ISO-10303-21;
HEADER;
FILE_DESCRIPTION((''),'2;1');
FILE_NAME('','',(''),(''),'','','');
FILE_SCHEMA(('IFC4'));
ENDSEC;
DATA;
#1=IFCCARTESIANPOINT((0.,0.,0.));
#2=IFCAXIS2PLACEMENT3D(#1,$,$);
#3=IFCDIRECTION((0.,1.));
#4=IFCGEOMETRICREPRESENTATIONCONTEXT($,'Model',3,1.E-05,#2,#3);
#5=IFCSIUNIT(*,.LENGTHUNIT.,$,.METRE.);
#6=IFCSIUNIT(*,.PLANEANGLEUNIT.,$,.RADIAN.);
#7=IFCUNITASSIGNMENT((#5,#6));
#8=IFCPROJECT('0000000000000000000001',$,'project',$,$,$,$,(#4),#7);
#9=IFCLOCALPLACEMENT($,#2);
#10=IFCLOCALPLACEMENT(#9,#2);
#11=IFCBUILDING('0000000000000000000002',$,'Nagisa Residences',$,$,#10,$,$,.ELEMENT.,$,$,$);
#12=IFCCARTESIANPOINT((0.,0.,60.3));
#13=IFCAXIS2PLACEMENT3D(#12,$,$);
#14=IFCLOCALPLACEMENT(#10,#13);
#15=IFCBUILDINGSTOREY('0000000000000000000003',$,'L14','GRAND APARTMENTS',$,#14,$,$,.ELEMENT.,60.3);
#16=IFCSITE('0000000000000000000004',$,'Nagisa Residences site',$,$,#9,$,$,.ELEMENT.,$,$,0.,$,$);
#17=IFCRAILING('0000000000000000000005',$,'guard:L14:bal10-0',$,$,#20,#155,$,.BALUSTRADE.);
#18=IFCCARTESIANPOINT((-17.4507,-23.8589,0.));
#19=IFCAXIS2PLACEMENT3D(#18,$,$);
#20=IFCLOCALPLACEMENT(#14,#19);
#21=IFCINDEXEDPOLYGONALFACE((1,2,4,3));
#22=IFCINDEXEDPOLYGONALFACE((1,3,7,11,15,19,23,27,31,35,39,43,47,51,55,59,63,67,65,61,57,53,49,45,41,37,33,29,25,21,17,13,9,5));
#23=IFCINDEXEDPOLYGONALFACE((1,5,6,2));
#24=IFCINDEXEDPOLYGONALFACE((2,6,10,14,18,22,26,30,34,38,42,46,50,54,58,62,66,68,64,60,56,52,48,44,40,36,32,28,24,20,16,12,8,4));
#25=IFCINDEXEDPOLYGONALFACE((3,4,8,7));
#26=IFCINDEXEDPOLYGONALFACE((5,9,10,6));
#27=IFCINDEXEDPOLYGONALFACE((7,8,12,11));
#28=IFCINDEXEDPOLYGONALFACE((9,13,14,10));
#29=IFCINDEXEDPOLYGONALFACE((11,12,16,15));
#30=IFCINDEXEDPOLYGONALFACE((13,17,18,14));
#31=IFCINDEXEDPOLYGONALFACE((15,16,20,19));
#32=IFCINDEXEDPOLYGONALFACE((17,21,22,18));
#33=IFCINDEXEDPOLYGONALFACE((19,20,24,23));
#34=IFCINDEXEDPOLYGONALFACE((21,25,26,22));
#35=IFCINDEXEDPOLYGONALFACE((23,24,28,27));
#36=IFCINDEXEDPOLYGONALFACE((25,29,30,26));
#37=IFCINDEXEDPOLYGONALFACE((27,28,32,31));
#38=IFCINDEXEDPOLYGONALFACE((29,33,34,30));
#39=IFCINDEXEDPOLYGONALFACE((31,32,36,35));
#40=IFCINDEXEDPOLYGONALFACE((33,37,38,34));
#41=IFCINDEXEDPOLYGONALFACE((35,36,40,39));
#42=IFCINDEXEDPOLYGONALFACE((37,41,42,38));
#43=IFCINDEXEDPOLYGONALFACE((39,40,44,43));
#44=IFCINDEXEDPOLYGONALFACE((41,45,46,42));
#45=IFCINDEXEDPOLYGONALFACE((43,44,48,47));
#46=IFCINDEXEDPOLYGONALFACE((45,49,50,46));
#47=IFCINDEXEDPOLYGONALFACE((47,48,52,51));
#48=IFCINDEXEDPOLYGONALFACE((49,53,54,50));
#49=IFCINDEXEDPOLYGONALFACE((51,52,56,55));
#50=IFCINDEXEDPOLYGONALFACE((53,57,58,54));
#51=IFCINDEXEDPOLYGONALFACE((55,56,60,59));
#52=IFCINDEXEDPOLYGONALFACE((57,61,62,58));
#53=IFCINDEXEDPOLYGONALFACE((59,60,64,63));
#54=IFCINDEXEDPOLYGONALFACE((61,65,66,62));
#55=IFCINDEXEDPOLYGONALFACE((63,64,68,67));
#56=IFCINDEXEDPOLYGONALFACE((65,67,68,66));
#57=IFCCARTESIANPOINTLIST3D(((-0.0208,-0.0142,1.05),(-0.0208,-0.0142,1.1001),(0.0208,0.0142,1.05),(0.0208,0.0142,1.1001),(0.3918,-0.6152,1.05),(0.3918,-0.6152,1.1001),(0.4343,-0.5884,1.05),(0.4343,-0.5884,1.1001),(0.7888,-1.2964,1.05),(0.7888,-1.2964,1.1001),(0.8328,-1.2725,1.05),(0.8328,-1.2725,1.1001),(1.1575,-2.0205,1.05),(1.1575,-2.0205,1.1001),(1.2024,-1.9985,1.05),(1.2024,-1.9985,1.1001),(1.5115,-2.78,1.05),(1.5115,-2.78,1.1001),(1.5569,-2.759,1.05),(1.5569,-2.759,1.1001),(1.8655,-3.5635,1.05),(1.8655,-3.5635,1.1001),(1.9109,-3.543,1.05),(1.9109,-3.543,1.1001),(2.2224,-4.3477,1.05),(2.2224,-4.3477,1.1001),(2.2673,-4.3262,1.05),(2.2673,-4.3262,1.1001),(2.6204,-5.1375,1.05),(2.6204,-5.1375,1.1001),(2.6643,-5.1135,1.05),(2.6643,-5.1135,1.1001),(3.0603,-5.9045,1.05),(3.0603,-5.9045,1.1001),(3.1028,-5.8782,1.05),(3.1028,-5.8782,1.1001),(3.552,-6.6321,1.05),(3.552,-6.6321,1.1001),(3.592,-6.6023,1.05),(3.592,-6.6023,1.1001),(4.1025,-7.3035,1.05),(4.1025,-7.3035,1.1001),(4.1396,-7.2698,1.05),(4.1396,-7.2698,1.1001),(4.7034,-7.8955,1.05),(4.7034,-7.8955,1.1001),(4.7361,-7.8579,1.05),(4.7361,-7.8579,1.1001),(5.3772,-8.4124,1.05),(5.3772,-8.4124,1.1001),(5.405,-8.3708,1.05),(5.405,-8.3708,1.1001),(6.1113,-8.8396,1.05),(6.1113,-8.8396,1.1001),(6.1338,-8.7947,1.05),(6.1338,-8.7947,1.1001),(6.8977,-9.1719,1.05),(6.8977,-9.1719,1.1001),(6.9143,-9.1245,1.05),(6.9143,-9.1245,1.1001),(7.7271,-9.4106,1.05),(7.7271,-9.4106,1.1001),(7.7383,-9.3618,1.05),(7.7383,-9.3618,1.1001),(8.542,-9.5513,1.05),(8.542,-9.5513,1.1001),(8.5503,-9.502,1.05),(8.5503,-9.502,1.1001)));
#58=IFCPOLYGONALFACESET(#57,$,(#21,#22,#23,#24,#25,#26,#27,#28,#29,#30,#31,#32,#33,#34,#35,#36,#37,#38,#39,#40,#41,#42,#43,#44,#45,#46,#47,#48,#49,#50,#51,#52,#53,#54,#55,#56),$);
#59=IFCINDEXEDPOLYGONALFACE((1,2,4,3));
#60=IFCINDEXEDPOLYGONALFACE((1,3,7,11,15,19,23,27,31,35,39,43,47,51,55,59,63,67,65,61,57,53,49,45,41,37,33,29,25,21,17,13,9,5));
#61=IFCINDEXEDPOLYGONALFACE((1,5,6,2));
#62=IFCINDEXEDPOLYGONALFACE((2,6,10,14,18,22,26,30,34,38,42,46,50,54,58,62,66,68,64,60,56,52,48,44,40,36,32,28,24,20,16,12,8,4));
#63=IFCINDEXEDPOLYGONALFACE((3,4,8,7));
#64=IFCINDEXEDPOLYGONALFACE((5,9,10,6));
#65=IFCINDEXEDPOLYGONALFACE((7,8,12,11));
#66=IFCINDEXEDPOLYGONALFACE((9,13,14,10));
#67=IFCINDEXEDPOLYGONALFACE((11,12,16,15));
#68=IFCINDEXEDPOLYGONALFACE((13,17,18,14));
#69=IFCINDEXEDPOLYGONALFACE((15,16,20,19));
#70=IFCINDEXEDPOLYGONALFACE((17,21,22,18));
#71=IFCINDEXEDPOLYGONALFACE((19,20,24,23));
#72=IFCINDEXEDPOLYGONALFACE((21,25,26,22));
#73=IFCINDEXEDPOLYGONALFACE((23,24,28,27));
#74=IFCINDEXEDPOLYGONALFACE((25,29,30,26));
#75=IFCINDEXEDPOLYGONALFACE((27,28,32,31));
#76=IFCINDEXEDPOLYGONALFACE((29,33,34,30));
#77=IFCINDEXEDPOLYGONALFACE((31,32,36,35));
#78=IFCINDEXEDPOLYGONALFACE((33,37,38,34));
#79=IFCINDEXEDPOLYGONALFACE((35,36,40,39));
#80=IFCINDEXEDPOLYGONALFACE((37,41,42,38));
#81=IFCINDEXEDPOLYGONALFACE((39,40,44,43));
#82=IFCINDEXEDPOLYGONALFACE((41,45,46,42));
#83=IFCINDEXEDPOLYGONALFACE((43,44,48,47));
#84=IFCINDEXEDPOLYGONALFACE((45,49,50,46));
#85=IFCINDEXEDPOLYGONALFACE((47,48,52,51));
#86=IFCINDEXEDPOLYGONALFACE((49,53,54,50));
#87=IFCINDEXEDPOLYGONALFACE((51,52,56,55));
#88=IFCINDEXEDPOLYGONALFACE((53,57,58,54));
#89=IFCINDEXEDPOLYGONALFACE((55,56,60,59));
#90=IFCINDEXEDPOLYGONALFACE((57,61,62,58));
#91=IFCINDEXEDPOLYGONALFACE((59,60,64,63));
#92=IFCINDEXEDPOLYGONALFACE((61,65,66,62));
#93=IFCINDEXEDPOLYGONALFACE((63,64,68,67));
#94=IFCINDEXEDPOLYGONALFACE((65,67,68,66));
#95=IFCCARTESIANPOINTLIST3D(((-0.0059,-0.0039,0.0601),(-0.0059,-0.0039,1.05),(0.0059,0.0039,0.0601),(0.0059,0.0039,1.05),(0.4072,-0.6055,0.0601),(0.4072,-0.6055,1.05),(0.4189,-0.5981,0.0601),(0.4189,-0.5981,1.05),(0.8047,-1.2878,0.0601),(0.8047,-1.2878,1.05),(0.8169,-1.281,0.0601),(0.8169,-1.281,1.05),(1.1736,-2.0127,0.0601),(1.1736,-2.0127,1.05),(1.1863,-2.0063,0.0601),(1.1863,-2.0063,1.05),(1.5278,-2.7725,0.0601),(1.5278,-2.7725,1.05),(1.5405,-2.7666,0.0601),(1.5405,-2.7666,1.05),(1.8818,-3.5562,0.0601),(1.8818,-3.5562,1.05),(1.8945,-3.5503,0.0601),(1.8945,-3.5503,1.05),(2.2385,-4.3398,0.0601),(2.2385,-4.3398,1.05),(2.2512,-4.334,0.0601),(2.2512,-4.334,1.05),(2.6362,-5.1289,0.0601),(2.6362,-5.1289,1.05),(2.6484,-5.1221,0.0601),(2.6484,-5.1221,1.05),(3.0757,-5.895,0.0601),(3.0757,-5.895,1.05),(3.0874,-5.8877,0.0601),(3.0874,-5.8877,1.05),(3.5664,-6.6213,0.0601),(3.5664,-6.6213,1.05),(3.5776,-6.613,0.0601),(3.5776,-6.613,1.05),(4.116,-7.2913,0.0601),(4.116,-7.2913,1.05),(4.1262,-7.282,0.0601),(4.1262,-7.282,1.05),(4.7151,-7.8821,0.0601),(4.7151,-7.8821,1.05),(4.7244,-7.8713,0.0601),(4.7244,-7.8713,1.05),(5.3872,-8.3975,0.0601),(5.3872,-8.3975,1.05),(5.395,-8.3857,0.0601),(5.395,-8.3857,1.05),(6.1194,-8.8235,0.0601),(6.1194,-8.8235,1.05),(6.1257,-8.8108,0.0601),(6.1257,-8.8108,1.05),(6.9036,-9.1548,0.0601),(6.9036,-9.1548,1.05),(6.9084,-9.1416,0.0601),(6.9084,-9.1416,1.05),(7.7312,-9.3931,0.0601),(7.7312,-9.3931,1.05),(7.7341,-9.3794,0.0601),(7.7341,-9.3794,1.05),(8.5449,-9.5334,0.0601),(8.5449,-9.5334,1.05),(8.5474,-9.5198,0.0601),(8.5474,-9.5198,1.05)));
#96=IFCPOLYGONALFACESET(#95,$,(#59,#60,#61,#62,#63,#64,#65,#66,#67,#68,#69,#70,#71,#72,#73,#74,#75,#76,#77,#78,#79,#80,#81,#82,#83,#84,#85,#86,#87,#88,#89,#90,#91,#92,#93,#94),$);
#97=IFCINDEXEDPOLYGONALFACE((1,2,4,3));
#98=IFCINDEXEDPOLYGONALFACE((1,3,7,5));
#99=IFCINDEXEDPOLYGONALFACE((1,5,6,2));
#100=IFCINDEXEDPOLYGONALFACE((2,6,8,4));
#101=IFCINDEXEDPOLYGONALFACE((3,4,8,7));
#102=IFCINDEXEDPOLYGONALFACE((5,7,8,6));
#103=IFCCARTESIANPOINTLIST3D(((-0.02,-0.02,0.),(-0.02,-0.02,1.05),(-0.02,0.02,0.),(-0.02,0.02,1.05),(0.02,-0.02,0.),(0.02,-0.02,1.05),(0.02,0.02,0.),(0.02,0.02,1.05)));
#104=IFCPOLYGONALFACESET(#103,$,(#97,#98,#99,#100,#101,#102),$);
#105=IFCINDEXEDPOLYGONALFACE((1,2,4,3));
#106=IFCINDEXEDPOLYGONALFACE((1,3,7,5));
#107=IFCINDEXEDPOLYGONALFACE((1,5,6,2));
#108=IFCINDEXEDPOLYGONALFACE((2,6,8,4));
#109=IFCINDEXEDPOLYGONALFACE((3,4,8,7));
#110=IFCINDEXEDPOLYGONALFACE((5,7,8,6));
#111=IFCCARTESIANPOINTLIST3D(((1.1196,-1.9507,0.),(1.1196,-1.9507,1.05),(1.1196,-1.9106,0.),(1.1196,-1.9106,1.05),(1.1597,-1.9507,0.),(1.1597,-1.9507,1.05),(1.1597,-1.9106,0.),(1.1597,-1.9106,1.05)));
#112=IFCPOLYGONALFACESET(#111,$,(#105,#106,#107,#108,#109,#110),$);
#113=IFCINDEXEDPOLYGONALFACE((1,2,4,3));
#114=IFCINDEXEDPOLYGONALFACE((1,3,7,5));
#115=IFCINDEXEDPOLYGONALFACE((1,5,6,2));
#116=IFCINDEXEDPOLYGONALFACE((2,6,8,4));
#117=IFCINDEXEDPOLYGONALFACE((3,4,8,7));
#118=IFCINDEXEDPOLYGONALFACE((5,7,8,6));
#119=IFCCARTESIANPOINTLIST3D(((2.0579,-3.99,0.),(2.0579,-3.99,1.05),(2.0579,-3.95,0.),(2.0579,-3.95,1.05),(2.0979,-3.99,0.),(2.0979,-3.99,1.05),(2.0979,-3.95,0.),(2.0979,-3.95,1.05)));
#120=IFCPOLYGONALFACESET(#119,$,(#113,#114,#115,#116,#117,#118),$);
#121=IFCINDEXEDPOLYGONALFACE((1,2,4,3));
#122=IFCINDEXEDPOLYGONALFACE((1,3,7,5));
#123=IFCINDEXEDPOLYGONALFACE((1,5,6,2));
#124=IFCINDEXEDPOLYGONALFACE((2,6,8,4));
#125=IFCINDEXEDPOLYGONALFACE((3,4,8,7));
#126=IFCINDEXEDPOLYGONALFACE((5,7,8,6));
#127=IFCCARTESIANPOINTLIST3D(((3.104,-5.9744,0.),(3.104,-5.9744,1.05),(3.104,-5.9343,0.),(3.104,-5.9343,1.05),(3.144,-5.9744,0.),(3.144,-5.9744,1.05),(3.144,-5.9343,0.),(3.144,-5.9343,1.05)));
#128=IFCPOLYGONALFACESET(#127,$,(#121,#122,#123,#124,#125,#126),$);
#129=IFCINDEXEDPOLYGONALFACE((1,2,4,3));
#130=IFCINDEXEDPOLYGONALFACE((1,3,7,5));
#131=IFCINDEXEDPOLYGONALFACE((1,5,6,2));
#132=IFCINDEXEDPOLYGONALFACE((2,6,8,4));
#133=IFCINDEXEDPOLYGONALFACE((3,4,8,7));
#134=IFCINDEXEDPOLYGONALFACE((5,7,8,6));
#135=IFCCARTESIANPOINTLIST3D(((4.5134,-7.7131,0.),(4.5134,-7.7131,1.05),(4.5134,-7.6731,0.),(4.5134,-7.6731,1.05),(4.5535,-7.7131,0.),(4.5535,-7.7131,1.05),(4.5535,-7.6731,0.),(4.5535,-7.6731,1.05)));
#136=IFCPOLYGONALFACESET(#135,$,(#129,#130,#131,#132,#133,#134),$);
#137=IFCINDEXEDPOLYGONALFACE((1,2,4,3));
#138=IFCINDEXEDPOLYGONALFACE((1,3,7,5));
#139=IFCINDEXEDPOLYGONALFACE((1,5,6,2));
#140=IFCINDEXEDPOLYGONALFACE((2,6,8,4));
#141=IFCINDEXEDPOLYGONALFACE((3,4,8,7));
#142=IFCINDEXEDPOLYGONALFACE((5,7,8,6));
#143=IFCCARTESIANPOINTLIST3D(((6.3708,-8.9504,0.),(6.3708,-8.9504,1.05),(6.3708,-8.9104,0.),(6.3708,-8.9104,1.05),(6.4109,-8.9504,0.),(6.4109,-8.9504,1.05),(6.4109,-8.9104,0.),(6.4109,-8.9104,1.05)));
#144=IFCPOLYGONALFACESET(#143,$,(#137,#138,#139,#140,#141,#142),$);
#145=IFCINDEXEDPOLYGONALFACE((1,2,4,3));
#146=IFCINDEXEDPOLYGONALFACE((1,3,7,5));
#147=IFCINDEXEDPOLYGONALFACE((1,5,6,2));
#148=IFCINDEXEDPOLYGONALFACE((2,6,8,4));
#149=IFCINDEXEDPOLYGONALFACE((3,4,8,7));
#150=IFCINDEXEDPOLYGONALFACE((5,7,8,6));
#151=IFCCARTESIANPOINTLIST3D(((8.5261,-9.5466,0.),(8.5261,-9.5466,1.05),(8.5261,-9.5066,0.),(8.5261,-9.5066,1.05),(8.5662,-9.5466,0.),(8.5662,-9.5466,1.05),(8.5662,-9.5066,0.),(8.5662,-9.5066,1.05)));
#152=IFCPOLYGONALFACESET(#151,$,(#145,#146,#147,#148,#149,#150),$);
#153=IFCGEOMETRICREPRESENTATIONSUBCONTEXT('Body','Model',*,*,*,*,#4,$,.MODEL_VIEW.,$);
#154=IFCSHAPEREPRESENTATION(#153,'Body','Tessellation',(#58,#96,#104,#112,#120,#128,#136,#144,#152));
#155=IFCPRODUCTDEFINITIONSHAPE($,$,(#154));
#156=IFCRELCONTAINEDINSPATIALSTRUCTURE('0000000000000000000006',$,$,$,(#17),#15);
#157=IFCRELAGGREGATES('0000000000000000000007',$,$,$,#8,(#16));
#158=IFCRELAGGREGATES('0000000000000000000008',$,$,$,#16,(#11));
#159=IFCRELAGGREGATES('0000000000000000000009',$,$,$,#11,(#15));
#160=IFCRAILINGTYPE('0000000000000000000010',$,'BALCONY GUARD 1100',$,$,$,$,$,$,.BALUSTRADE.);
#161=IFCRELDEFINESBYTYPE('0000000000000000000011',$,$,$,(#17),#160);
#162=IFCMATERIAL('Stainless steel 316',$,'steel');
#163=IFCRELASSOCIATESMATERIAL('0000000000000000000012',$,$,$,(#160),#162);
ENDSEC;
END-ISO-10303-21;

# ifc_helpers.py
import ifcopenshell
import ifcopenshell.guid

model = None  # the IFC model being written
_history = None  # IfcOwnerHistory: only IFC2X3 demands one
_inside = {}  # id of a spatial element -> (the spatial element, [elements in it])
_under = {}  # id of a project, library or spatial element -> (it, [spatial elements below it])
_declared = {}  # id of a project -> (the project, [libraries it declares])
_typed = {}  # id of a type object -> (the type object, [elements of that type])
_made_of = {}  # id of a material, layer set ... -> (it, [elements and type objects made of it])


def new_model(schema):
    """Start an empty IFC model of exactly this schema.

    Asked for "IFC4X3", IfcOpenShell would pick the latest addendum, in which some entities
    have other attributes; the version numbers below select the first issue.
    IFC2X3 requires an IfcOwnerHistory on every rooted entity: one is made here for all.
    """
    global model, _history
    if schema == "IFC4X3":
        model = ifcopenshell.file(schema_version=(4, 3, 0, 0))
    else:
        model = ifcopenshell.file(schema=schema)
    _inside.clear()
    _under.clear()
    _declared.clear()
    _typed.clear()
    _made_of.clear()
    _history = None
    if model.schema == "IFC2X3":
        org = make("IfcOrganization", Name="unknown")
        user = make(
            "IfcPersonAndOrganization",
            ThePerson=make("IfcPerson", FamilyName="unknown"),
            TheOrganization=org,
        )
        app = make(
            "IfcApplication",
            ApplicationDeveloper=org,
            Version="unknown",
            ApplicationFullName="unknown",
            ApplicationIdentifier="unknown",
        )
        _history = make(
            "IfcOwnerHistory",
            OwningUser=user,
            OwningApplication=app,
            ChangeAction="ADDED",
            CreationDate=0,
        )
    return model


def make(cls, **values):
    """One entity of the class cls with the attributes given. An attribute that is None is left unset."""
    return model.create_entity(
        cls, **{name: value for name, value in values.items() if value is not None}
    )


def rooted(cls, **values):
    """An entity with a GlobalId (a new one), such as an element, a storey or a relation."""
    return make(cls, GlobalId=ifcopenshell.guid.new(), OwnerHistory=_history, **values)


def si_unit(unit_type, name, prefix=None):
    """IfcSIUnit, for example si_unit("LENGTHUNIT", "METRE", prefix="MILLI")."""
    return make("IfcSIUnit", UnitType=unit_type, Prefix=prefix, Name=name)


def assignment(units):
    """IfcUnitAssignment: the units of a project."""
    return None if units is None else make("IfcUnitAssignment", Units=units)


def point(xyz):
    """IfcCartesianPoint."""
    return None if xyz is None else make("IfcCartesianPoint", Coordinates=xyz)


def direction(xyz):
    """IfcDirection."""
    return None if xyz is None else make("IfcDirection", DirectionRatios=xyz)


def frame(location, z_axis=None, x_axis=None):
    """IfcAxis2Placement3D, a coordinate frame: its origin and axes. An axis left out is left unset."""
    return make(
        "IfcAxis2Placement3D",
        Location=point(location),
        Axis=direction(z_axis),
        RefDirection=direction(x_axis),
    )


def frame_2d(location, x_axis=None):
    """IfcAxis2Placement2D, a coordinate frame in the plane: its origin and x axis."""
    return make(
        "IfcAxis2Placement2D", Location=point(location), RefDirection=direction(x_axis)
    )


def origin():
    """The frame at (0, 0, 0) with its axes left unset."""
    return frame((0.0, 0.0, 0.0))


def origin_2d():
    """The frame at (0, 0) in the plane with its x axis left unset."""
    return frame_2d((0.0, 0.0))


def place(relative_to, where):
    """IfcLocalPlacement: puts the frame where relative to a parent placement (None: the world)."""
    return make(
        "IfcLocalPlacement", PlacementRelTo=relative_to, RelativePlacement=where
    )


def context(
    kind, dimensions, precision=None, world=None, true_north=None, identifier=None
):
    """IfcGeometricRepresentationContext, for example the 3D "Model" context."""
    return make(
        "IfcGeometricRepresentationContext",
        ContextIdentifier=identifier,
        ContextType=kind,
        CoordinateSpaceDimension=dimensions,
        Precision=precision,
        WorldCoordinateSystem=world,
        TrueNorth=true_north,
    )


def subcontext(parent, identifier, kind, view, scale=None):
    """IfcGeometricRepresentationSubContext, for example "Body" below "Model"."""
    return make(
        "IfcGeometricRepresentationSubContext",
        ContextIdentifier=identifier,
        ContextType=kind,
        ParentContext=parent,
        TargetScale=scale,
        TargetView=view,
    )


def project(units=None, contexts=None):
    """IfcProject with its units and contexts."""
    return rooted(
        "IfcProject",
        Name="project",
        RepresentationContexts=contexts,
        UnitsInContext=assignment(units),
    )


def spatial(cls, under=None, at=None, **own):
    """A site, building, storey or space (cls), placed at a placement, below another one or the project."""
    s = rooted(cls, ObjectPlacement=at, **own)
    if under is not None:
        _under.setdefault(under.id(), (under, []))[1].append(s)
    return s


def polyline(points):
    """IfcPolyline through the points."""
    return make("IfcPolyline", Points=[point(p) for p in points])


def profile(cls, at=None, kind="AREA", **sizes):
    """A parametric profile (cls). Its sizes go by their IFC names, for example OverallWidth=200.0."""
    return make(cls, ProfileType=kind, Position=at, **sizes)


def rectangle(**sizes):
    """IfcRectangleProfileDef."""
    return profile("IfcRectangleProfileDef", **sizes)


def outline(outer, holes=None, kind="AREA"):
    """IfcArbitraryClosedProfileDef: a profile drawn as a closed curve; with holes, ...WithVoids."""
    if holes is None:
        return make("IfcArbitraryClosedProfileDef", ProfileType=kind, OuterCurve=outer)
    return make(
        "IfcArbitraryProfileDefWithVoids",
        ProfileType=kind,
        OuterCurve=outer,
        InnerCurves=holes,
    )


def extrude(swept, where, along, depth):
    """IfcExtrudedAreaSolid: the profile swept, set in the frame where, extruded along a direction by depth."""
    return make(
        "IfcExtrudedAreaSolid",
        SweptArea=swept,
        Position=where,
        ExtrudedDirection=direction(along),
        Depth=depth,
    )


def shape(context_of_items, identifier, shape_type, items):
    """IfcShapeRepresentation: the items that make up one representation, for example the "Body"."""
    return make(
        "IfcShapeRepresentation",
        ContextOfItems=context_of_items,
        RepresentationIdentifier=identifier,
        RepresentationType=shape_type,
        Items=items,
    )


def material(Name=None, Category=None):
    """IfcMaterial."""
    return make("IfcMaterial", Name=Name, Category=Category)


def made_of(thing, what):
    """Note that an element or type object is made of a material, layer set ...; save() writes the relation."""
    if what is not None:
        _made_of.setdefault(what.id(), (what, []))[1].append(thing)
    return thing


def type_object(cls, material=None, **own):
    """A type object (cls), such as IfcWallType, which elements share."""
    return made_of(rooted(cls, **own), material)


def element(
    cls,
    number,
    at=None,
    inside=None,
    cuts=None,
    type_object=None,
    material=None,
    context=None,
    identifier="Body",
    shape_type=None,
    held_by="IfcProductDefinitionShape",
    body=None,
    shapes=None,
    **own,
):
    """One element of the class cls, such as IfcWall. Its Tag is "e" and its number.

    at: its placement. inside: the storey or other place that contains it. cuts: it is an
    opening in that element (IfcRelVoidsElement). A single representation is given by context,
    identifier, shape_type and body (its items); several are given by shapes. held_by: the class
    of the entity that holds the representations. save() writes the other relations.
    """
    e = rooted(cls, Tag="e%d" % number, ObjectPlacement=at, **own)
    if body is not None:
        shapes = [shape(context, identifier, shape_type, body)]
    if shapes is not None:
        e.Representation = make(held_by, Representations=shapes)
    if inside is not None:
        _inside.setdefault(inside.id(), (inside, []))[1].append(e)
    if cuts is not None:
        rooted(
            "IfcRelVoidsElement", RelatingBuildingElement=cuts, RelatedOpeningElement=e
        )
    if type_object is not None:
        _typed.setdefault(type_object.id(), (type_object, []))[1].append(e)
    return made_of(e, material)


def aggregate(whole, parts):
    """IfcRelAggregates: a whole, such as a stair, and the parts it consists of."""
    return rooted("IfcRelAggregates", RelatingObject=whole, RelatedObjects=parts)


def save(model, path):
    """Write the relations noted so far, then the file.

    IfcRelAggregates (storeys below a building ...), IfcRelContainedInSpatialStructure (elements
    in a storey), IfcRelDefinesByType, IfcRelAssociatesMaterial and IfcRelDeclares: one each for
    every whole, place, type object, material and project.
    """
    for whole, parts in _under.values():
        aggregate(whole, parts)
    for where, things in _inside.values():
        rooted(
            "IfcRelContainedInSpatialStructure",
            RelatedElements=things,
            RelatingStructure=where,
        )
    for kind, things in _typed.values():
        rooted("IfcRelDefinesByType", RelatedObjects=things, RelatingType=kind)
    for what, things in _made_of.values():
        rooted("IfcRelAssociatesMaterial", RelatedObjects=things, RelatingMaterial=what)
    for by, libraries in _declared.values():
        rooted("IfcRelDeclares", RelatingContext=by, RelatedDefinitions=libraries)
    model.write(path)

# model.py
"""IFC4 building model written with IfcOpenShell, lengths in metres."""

from ifc_helpers import new_model, si_unit, direction, frame, origin, origin_2d, place, context, subcontext, project, spatial, polyline, rectangle, outline, extrude, material, type_object, element, save


model = new_model("IFC4")

# Units and contexts
model_context = context("Model", 3, precision=1e-05, world=origin(), true_north=direction((0.0, 1.0)))
body_context = subcontext(model_context, "Body", "Model", "MODEL_VIEW")
ifc_project = project(units=[si_unit("LENGTHUNIT", "METRE"), si_unit("PLANEANGLEUNIT", "RADIAN")], contexts=[model_context])

# Site, building, storey
site_placement = place(None, origin())
site = spatial("IfcSite", under=ifc_project, at=site_placement, Name="Nagisa Residences site", CompositionType="ELEMENT", RefElevation=0.0)
building_placement = place(site_placement, origin())
building = spatial("IfcBuilding", under=site, at=building_placement, Name="Nagisa Residences", CompositionType="ELEMENT")
storey_placement = place(building_placement, frame((0.0, 0.0, 60.3)))
storey = spatial("IfcBuildingStorey", under=building, at=storey_placement, Name="L14", Description="GRAND APARTMENTS", CompositionType="ELEMENT", Elevation=60.3)

# Railing
ifc_material_1 = material(Name="Stainless steel 316", Category="steel")
railing_type = type_object("IfcRailingType", Name="BALCONY GUARD 1100", PredefinedType="BALUSTRADE", material=ifc_material_1)
railing_1_placement = place(storey_placement, frame((-17.4507, -23.8589, 0.0)))
element("IfcRailing", 1, at=railing_1_placement, inside=storey, type_object=railing_type, Name="guard:L14:bal10-0", PredefinedType="BALUSTRADE", context=body_context, shape_type="SweptSolid", body=[
    extrude(outline(polyline([(0.4343, -0.5884), (0.0208, 0.0142), (-0.0208, -0.0142), (0.3918, -0.6152), (0.7888, -1.2964), (1.1575, -2.0205), (1.5115, -2.78), (1.8655, -3.5635), (2.2224, -4.3477), (2.6204, -5.1375), (3.0603, -5.9045), (3.552, -6.6321), (4.1025, -7.3035), (4.7034, -7.8955), (5.3772, -8.4124), (6.1113, -8.8396), (6.8977, -9.1719), (7.7271, -9.4106), (8.542, -9.5513), (8.5503, -9.502), (7.7383, -9.3618), (6.9143, -9.1245), (6.1338, -8.7947), (5.405, -8.3708), (4.7361, -7.8579), (4.1396, -7.2698), (3.592, -6.6023), (3.1028, -5.8782), (2.6643, -5.1135), (2.2673, -4.3262), (1.9109, -3.543), (1.5569, -2.759), (1.2024, -1.9985), (0.8328, -1.2725), (0.4343, -0.5884)])), frame((0.0, 0.0, 1.05)), (0.0, 0.0, 1.0), 0.05),
    extrude(outline(polyline([(0.4189, -0.5981), (0.0059, 0.0039), (-0.0059, -0.0039), (0.4072, -0.6055), (0.8047, -1.2878), (1.1736, -2.0127), (1.5278, -2.7725), (1.8818, -3.5562), (2.2385, -4.3398), (2.6362, -5.1289), (3.0757, -5.895), (3.5664, -6.6213), (4.116, -7.2913), (4.7151, -7.8821), (5.3872, -8.3975), (6.1194, -8.8235), (6.9036, -9.1548), (7.7312, -9.3931), (8.5449, -9.5334), (8.5474, -9.5198), (7.7341, -9.3794), (6.9084, -9.1416), (6.1257, -8.8108), (5.395, -8.3857), (4.7244, -7.8713), (4.1262, -7.282), (3.5776, -6.613), (3.0874, -5.8877), (2.6484, -5.1221), (2.2512, -4.334), (1.8945, -3.5503), (1.5405, -2.7666), (1.1863, -2.0063), (0.8169, -1.281), (0.4189, -0.5981)])), frame((0.0, 0.0, 0.0601)), (0.0, 0.0, 1.0), 0.99),
    extrude(rectangle(XDim=0.04, YDim=0.04, at=origin_2d()), origin(), (0.0, 0.0, 1.0), 1.05),
    extrude(rectangle(XDim=0.04, YDim=0.04, at=origin_2d()), frame((1.1396, -1.9307, 0.0)), (0.0, 0.0, 1.0), 1.05),
    extrude(rectangle(XDim=0.04, YDim=0.04, at=origin_2d()), frame((2.0779, -3.97, 0.0)), (0.0, 0.0, 1.0), 1.05),
    extrude(rectangle(XDim=0.04, YDim=0.04, at=origin_2d()), frame((3.124, -5.9543, 0.0)), (0.0, 0.0, 1.0), 1.05),
    extrude(rectangle(XDim=0.04, YDim=0.04, at=origin_2d()), frame((4.5334, -7.6931, 0.0)), (0.0, 0.0, 1.0), 1.05),
    extrude(rectangle(XDim=0.04, YDim=0.04, at=origin_2d()), frame((6.3909, -8.9304, 0.0)), (0.0, 0.0, 1.0), 1.05),
    extrude(rectangle(XDim=0.04, YDim=0.04, at=origin_2d()), frame((8.5461, -9.5266, 0.0)), (0.0, 0.0, 1.0), 1.05),
])

save(model, "model.ifc")
